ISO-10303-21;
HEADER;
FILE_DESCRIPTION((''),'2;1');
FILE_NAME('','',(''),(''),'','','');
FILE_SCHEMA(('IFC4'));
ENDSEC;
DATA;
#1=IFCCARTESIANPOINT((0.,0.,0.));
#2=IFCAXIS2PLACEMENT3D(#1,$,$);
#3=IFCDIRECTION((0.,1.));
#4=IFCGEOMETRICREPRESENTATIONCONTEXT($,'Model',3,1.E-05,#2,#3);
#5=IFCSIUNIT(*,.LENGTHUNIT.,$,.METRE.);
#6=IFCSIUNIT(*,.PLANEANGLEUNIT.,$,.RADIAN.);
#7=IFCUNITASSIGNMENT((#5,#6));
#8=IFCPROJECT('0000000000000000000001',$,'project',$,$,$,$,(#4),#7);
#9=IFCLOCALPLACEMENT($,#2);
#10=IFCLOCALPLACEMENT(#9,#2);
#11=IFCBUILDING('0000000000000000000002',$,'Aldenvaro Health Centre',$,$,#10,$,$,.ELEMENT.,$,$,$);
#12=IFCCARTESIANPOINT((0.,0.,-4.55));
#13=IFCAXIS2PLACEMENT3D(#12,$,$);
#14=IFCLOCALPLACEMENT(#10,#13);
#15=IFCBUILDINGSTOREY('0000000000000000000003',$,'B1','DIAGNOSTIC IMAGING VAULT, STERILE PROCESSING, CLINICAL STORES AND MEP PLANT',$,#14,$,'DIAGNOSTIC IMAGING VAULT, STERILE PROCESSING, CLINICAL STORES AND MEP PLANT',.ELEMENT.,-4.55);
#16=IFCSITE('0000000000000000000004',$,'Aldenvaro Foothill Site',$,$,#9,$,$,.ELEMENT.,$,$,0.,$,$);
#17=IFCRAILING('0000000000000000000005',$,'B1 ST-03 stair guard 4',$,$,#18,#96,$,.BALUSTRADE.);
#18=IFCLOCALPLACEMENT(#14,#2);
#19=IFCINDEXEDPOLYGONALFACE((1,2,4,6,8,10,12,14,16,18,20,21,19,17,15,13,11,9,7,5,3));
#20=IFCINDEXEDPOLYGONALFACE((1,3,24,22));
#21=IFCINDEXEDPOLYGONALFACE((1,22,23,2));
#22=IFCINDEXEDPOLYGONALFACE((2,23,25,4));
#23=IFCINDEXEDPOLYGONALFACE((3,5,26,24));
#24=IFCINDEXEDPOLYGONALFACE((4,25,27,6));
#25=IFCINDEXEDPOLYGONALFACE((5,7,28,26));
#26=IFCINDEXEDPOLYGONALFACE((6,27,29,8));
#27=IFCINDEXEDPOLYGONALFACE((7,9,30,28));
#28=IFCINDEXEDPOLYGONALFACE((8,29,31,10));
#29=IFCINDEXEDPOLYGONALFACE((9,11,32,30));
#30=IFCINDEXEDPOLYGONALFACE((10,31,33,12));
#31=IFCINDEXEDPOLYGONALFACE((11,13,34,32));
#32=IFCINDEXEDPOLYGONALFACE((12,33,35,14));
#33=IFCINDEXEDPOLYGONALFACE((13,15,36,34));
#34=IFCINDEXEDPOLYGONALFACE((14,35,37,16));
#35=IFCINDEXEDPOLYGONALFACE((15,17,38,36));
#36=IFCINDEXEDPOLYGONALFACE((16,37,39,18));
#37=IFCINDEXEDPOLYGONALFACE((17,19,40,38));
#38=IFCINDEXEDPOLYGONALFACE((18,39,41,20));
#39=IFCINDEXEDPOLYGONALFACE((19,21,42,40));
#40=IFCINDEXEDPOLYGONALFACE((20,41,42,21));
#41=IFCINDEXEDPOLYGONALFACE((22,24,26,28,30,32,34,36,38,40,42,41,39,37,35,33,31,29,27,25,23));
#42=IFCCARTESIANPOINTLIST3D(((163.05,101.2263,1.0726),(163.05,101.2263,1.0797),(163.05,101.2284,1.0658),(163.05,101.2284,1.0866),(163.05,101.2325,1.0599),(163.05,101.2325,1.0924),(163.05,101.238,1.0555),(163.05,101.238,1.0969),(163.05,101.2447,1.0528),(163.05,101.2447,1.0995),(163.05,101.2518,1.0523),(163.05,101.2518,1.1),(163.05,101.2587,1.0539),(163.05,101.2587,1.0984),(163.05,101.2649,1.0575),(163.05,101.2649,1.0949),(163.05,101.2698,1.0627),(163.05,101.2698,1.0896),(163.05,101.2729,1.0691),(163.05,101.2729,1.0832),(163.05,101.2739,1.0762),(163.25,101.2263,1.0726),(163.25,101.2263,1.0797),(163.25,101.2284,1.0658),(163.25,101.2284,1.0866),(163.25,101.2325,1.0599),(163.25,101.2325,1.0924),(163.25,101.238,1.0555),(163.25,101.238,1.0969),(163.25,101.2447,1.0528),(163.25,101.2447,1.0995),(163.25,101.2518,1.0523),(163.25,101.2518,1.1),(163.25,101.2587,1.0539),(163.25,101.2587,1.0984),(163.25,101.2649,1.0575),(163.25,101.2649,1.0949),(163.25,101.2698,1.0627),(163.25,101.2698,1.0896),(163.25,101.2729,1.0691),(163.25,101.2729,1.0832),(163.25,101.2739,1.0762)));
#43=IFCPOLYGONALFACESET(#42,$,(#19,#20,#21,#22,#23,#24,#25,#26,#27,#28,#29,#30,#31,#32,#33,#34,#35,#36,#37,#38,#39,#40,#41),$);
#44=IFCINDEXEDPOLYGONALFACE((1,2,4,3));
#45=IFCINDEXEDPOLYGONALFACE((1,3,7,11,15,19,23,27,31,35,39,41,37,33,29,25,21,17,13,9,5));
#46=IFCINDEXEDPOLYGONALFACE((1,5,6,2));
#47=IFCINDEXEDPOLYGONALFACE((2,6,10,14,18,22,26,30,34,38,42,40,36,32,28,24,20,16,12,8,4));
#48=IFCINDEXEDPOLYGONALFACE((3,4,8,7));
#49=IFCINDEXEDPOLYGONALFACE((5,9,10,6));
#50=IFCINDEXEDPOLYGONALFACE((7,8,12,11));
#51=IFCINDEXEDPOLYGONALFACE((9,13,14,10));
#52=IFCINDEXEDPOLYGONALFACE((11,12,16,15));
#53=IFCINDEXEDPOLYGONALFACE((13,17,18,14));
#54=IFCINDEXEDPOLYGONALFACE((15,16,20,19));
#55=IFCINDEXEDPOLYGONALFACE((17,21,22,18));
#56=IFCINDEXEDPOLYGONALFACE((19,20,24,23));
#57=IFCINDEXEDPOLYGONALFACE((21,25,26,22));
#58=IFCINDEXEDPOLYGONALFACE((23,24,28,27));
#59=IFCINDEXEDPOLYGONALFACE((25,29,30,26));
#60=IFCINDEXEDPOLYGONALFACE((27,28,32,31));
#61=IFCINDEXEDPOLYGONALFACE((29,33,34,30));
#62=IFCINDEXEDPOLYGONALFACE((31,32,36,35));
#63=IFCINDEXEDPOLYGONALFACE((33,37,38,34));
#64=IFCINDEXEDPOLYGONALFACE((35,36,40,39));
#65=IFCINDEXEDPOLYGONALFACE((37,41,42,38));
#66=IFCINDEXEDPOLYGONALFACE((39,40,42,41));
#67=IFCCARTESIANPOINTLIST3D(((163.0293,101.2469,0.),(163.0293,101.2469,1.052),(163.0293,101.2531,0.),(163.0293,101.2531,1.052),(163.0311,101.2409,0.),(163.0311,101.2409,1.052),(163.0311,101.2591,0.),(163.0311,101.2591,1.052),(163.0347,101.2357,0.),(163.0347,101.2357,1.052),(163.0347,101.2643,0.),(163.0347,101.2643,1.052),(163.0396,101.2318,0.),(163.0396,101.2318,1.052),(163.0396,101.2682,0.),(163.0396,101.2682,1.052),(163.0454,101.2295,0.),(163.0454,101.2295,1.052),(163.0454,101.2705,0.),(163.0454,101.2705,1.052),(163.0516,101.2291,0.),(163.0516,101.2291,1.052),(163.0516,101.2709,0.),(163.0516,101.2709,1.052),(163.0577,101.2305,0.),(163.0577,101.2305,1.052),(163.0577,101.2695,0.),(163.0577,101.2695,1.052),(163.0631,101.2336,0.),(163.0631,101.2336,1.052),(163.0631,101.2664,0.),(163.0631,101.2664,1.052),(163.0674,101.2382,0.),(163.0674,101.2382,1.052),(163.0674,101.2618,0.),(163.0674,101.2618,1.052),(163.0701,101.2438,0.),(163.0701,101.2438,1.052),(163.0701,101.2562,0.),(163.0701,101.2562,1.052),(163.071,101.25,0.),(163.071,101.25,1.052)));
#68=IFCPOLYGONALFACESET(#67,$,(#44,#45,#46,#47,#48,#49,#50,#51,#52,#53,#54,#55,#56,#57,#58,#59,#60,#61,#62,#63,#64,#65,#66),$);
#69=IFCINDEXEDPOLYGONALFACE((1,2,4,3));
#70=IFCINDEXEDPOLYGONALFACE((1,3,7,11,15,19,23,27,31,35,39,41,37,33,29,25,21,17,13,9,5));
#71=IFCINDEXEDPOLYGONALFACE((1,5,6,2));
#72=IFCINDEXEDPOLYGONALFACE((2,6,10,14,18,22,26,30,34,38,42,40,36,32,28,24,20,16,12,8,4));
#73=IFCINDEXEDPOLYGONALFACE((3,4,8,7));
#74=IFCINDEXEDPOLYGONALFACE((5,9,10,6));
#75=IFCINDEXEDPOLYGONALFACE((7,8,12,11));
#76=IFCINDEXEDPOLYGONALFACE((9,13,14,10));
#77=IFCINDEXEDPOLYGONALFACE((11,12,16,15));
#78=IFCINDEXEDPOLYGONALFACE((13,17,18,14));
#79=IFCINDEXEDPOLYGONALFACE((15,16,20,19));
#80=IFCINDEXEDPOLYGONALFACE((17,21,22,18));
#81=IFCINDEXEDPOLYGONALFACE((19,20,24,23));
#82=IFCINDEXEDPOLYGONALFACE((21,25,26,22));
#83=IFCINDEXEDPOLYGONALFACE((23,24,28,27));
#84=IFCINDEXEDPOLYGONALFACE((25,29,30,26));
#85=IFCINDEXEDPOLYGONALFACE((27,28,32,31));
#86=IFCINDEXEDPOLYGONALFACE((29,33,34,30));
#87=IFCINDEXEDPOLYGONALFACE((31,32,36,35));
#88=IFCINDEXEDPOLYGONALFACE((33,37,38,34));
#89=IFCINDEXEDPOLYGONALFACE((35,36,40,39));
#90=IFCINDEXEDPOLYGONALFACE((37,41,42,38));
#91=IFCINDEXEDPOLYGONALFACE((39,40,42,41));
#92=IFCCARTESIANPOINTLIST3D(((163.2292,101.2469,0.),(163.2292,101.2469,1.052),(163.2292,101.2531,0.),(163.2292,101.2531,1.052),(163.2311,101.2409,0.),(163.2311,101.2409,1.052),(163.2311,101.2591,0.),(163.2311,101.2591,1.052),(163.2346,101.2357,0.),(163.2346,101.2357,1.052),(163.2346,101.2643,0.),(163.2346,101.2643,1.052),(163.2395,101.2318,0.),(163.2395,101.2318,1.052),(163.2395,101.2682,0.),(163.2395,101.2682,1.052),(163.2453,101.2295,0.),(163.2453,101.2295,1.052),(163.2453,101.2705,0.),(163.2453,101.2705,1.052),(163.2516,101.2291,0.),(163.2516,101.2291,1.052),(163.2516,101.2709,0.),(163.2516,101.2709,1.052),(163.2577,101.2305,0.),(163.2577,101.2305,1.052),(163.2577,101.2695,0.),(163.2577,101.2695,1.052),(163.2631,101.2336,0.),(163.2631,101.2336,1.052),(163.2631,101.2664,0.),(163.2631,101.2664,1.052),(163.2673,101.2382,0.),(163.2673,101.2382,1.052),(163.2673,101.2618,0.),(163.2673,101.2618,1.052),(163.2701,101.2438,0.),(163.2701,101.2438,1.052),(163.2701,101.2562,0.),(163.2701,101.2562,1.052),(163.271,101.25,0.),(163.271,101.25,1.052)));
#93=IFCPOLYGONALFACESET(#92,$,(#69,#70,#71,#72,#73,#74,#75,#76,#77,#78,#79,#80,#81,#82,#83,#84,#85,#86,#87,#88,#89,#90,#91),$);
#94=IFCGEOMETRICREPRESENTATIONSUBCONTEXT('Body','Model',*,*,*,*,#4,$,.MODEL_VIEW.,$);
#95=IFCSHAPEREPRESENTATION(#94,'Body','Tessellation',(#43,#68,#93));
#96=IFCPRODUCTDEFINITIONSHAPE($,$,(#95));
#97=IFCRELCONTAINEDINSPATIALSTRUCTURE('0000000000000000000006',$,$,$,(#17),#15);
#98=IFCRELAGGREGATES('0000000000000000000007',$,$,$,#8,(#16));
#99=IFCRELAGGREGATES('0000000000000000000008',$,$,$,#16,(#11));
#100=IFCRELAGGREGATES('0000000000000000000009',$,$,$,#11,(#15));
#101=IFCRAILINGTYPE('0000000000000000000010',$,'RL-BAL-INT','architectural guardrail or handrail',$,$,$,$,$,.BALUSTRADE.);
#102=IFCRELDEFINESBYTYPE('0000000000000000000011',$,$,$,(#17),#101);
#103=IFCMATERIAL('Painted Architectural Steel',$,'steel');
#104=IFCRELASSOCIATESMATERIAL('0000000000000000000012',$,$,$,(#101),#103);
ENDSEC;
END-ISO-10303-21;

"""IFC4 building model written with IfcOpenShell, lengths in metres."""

from ifc_helpers import new_model, si_unit, direction, frame, origin, origin_2d, place, context, subcontext, project, spatial, circle, extrude, material, type_object, element, save


model = new_model("IFC4")

# Units and contexts
model_context = context("Model", 3, precision=1e-05, world=origin(), true_north=direction((0.0, 1.0)))
body_context = subcontext(model_context, "Body", "Model", "MODEL_VIEW")
ifc_project = project(units=[si_unit("LENGTHUNIT", "METRE"), si_unit("PLANEANGLEUNIT", "RADIAN")], contexts=[model_context])

# Site, building, storey
site_placement = place(None, origin())
site = spatial("IfcSite", under=ifc_project, at=site_placement, Name="Aldenvaro Foothill Site", CompositionType="ELEMENT", RefElevation=0.0)
building_placement = place(site_placement, origin())
building = spatial("IfcBuilding", under=site, at=building_placement, Name="Aldenvaro Health Centre", CompositionType="ELEMENT")
storey_placement = place(building_placement, frame((0.0, 0.0, -4.55)))
storey = spatial("IfcBuildingStorey", under=building, at=storey_placement, Name="B1", Description="DIAGNOSTIC IMAGING VAULT, STERILE PROCESSING, CLINICAL STORES AND MEP PLANT", LongName="DIAGNOSTIC IMAGING VAULT, STERILE PROCESSING, CLINICAL STORES AND MEP PLANT", CompositionType="ELEMENT", Elevation=-4.55)

# Railing
ifc_material_1 = material(Name="Painted Architectural Steel", Category="steel")
railing_type_1 = type_object("IfcRailingType", Name="RL-BAL-INT", Description="architectural guardrail or handrail", PredefinedType="BALUSTRADE", material=ifc_material_1)
railing_1_placement = place(storey_placement, frame((163.05, 101.25, 0.0)))
element("IfcRailing", 1, at=railing_1_placement, inside=storey, type_object=railing_type_1, Name="B1 ST-03 stair guard 4", PredefinedType="BALUSTRADE", context=body_context, shape_type="SweptSolid", body=[
    extrude(circle(Radius=0.0239, at=origin_2d()), frame((0.0, 0.0, 1.0762), z_axis=(1.0, 0.0, 0.0), x_axis=(0.0, 1.0, 0.0)), (0.0, 0.0, 1.0), 0.2),
    extrude(circle(Radius=0.021, at=origin_2d()), origin(), (0.0, 0.0, 1.0), 1.052),
    extrude(circle(Radius=0.021, at=origin_2d()), frame((0.2, 0.0, 0.0)), (0.0, 0.0, 1.0), 1.052),
])

save(model, "model.ifc")
